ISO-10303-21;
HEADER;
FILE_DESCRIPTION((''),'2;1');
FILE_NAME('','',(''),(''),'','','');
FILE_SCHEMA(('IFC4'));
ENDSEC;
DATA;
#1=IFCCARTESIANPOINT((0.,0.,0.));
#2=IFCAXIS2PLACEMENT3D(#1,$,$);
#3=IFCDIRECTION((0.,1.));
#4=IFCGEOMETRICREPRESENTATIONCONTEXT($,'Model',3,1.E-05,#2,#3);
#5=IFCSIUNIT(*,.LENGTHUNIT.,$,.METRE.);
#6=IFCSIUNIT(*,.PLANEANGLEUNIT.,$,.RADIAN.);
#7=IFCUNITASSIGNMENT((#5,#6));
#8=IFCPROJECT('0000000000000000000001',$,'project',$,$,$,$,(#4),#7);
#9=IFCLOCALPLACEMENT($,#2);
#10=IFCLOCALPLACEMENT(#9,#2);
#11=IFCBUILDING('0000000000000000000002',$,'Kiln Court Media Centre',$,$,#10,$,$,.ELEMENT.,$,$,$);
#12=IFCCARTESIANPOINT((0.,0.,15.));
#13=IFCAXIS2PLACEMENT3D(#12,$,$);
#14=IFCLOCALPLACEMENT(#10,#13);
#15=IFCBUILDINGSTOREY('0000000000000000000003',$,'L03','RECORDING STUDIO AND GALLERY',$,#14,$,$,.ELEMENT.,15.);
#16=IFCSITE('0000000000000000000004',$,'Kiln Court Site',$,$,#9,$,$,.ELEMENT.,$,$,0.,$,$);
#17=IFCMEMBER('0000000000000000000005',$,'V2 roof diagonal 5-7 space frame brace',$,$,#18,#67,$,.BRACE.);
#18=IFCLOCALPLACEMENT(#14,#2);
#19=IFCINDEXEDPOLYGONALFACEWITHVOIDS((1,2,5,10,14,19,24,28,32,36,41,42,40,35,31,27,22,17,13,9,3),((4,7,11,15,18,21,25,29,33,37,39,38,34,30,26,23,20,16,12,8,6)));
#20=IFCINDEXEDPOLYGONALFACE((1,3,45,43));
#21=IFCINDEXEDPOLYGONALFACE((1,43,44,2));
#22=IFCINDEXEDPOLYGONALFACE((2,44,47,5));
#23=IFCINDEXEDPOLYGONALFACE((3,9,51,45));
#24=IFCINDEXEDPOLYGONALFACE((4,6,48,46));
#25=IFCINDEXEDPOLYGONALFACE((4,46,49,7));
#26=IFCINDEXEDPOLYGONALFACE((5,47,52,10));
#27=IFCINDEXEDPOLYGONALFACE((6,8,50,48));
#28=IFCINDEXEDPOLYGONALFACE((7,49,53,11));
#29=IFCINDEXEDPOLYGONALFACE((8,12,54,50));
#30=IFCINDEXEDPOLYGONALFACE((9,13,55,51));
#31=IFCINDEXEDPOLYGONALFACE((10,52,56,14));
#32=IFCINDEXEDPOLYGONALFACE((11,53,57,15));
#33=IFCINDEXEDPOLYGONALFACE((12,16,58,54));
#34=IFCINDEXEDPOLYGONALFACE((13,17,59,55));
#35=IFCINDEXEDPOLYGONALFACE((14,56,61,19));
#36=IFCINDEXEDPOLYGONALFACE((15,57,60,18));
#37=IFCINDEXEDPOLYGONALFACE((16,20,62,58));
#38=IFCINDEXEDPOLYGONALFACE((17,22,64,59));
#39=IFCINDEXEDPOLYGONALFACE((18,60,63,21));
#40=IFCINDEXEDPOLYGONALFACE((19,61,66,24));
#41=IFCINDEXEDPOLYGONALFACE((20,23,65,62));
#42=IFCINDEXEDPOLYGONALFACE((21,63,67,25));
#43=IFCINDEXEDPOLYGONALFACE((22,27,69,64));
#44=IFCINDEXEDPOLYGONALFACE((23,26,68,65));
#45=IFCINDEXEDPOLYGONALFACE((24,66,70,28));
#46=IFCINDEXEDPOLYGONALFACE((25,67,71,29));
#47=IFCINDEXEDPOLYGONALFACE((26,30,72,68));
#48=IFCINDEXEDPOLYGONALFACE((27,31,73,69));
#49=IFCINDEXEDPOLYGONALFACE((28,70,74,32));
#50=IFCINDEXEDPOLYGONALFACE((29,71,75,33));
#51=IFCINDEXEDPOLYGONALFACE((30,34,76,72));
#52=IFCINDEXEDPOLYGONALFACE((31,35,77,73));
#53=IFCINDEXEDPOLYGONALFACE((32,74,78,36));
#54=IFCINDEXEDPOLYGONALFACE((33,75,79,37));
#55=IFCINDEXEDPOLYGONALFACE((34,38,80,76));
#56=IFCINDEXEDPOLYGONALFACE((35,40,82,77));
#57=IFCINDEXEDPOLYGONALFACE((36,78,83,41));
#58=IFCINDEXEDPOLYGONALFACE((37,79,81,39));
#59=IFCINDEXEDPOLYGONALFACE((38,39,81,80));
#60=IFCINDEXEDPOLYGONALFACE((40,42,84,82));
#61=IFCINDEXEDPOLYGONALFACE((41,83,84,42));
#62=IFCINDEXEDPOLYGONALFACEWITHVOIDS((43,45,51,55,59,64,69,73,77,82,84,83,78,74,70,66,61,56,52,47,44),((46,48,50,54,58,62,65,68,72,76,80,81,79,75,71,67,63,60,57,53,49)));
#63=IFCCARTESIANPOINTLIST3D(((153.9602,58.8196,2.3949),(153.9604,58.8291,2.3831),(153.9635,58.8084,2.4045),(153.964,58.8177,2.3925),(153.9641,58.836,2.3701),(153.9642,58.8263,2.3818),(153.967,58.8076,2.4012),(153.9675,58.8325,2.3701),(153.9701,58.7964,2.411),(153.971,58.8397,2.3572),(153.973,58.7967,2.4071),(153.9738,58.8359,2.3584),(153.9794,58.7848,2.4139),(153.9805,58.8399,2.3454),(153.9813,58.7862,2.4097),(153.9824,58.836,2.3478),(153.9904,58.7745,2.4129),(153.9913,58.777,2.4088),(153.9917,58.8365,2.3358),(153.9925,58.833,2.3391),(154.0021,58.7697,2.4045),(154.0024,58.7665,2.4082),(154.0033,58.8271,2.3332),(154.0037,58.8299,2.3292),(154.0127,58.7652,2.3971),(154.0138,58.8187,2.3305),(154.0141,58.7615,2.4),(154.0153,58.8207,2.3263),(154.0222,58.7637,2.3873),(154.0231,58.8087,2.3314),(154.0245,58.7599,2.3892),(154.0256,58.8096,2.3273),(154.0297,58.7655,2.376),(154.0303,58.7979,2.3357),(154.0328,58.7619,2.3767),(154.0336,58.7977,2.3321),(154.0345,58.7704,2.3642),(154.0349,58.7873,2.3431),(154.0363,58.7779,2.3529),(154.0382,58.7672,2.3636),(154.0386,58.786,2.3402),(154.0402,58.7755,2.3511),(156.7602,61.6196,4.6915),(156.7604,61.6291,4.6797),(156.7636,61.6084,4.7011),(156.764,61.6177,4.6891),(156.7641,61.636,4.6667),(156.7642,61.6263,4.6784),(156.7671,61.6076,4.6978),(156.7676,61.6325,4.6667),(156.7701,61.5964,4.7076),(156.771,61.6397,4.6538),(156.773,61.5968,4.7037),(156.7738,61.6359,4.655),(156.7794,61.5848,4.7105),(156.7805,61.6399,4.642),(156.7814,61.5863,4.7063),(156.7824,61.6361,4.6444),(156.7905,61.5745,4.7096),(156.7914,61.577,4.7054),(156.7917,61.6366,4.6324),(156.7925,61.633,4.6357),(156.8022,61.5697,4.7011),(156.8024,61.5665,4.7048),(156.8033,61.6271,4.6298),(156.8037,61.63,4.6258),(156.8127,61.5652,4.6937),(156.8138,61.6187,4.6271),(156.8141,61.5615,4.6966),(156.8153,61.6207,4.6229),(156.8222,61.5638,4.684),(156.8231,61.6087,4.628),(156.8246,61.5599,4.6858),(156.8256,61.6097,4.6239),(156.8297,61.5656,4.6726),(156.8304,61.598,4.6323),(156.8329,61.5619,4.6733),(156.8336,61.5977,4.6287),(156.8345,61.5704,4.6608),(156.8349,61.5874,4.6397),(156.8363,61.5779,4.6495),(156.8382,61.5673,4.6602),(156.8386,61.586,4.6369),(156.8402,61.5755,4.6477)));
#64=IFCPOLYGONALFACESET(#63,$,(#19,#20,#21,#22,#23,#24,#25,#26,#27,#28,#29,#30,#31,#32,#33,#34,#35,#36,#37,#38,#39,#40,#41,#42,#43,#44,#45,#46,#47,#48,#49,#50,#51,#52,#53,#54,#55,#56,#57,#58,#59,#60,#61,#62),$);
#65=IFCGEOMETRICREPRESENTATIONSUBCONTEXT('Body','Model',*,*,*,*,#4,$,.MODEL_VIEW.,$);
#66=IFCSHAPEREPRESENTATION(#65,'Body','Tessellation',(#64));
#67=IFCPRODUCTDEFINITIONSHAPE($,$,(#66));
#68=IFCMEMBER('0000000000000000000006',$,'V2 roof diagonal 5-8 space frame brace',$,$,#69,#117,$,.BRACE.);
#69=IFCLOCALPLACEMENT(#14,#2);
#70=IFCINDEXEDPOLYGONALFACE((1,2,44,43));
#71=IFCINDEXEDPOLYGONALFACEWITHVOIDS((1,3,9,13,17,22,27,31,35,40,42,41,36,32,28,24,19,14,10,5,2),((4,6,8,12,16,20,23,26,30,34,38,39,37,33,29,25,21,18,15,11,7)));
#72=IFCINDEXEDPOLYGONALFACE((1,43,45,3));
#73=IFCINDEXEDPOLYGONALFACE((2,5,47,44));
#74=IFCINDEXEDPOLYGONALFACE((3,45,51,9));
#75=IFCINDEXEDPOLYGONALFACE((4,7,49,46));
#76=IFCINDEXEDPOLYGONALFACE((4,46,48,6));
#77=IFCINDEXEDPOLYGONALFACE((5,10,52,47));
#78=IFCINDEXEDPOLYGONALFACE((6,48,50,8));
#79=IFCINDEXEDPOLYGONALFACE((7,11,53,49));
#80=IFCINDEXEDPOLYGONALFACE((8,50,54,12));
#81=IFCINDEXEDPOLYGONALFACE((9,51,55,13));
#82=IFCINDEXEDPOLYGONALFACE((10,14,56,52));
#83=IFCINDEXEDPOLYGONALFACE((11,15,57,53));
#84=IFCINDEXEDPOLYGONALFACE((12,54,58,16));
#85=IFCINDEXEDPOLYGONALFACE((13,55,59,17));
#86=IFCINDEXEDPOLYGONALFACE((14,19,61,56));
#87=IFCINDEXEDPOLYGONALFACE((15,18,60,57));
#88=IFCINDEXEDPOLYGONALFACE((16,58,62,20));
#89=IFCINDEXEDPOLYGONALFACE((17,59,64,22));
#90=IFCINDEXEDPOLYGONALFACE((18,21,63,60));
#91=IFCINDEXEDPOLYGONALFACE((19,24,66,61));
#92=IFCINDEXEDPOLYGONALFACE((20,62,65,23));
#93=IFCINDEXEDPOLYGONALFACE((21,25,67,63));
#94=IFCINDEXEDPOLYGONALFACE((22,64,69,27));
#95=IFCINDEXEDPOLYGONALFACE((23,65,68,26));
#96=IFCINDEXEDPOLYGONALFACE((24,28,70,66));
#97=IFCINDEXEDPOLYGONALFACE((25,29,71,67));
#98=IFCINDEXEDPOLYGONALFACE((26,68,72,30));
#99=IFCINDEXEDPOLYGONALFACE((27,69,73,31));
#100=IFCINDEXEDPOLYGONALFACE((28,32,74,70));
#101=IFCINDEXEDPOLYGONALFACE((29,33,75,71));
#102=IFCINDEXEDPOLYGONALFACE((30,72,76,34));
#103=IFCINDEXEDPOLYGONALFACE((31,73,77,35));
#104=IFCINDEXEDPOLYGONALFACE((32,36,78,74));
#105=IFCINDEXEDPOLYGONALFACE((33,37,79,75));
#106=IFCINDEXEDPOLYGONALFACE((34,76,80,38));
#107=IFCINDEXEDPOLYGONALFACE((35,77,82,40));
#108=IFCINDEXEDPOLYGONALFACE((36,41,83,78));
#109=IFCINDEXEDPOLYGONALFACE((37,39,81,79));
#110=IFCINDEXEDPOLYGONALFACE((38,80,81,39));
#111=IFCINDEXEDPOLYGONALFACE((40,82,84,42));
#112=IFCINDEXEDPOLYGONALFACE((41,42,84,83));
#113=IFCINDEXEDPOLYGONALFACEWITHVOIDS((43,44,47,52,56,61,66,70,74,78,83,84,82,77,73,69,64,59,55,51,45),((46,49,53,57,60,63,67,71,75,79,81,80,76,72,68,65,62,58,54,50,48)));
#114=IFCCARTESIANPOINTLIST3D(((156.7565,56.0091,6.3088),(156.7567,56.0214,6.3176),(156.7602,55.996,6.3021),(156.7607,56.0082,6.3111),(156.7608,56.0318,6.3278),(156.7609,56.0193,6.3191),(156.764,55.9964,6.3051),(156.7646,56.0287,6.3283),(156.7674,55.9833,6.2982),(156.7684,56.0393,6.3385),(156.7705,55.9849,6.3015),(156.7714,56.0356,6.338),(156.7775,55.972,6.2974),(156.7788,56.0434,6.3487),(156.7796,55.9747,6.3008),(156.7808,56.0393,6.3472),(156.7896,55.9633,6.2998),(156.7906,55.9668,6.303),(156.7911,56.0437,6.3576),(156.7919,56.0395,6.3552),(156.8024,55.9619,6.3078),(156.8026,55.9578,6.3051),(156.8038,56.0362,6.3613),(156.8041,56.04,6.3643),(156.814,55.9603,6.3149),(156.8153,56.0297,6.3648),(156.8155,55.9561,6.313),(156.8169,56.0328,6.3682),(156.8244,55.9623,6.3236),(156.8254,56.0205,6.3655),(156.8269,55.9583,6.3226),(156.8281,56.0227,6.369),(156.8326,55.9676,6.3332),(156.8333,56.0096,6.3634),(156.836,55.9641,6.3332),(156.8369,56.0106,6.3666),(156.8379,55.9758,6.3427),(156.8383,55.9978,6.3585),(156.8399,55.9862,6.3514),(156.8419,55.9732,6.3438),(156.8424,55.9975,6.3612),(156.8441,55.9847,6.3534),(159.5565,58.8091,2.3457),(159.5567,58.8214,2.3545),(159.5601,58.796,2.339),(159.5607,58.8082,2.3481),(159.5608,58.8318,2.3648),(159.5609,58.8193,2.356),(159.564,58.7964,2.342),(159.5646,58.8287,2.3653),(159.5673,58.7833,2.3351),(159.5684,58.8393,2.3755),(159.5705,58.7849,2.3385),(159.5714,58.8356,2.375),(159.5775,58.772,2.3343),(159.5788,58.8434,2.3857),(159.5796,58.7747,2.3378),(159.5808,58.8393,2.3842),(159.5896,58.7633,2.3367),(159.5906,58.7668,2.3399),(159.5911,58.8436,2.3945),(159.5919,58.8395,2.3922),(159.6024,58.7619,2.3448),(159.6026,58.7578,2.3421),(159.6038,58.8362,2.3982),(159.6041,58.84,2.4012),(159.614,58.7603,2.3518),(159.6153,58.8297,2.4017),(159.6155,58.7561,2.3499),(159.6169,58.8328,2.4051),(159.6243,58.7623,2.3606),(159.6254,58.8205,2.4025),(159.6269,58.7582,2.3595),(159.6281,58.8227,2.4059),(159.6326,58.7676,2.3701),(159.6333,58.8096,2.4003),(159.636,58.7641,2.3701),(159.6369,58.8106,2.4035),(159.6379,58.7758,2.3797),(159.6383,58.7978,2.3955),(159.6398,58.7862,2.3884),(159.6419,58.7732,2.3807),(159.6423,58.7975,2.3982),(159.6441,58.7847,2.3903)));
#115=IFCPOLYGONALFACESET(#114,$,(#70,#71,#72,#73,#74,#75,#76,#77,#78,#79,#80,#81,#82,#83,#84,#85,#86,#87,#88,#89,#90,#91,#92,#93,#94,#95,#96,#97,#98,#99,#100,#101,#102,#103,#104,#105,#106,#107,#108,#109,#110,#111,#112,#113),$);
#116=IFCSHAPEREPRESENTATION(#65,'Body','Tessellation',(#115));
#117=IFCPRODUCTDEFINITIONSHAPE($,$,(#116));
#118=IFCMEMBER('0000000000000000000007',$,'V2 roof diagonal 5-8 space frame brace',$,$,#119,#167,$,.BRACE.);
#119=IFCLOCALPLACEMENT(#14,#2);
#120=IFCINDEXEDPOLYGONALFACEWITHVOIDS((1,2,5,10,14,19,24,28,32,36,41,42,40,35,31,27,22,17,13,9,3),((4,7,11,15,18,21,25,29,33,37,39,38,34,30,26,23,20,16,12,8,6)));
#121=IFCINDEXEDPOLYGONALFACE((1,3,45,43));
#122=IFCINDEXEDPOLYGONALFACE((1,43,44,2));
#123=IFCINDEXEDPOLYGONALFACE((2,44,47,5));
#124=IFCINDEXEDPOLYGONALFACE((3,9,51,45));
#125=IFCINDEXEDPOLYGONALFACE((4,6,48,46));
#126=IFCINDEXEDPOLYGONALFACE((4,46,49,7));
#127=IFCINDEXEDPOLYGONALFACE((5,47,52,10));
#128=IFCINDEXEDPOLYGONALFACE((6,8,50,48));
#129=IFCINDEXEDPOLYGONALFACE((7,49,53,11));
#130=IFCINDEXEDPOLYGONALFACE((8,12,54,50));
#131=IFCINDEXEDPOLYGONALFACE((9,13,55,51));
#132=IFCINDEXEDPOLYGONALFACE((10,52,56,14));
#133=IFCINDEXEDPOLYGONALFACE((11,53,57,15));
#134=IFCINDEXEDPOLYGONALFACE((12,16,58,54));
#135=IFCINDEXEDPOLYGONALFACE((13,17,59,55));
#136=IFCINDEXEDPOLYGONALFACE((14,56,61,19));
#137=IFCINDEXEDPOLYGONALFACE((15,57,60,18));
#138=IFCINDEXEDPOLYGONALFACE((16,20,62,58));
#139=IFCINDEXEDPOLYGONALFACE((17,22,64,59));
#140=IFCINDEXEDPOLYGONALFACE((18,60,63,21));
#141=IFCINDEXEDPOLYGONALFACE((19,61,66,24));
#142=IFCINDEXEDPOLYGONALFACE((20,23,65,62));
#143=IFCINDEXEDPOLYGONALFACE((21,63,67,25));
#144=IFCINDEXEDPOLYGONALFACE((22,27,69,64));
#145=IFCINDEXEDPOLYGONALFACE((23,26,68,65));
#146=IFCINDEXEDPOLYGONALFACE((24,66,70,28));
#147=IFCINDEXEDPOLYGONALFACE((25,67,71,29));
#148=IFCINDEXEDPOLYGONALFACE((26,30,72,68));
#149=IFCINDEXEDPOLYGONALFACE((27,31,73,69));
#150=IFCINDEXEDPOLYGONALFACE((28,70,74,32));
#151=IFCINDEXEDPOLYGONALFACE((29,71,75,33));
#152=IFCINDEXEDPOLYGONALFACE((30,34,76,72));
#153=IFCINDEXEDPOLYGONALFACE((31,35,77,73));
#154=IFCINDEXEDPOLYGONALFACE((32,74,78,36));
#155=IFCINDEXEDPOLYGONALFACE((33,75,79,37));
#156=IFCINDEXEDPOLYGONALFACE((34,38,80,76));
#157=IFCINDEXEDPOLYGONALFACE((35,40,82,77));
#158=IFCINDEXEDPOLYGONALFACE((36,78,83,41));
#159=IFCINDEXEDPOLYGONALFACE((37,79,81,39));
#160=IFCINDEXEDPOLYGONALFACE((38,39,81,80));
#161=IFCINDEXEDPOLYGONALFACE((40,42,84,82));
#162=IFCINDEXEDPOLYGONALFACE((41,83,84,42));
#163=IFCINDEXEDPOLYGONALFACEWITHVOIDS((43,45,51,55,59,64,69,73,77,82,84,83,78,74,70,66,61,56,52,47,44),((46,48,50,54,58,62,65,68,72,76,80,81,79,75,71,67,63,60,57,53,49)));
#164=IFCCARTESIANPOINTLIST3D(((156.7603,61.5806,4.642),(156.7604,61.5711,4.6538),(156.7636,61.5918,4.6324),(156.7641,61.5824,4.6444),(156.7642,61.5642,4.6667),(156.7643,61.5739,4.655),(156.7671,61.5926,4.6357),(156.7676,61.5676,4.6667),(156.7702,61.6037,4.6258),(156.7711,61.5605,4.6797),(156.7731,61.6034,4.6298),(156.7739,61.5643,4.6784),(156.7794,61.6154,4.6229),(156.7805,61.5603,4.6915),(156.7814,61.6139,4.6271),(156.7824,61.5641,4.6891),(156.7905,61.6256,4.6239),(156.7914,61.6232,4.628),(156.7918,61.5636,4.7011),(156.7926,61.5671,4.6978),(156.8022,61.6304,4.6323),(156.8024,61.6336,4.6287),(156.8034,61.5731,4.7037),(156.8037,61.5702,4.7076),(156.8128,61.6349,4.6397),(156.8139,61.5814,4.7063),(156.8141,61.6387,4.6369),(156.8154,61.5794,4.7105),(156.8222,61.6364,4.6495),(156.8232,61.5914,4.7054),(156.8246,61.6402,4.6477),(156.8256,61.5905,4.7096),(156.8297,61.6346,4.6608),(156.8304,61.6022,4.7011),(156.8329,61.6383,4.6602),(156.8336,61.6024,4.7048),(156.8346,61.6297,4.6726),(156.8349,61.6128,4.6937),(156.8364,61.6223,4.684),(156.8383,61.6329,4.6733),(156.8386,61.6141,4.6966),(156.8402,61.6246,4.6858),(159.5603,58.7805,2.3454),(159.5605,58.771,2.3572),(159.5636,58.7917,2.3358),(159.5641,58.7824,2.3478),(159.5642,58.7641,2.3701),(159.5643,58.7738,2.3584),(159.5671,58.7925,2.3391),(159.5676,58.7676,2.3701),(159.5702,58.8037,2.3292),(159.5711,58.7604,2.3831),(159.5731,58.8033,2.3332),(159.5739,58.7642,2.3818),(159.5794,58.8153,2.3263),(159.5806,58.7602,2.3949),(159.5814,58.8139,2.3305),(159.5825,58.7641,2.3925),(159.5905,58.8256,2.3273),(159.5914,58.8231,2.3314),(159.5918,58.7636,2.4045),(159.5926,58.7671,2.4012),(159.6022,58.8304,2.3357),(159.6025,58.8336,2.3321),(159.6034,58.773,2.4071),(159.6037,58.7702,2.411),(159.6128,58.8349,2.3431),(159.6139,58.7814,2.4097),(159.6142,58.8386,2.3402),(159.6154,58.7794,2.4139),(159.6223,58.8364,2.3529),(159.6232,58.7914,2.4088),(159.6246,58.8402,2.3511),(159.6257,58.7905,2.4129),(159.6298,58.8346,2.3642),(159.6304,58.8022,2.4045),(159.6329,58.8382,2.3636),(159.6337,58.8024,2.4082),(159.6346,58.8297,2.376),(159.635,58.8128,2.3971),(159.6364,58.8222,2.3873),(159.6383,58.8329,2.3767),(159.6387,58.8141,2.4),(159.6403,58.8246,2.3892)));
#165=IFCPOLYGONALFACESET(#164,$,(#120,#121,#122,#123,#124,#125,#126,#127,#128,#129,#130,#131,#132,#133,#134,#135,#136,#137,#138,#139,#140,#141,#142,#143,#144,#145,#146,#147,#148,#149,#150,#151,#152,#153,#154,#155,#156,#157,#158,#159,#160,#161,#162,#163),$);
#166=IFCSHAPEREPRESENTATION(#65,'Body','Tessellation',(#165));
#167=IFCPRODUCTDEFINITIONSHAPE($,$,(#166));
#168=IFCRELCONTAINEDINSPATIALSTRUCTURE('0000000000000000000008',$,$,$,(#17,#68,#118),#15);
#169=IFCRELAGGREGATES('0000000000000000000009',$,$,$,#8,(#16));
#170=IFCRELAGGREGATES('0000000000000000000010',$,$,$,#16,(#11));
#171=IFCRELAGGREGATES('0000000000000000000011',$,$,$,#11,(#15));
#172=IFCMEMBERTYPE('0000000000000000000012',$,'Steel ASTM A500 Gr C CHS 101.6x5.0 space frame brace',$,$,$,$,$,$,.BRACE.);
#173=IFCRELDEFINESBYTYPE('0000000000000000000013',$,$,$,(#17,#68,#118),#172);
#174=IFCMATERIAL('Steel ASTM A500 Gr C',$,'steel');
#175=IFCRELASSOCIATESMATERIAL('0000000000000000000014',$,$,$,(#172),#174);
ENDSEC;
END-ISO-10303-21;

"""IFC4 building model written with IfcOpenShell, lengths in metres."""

from ifc_helpers import new_model, si_unit, direction, frame, origin, origin_2d, place, context, subcontext, project, spatial, hollow_circle, extrude, material, material_profile, profile_set, type_object, element, save


model = new_model("IFC4")

# Units and contexts
model_context = context("Model", 3, precision=1e-05, world=origin(), true_north=direction((0.0, 1.0)))
body_context = subcontext(model_context, "Body", "Model", "MODEL_VIEW")
ifc_project = project(units=[si_unit("LENGTHUNIT", "METRE"), si_unit("PLANEANGLEUNIT", "RADIAN")], contexts=[model_context])

# Site, building, storey
site_placement = place(None, origin())
site = spatial("IfcSite", under=ifc_project, at=site_placement, Name="Kiln Court Site", CompositionType="ELEMENT", RefElevation=0.0)
building_placement = place(site_placement, origin())
building = spatial("IfcBuilding", under=site, at=building_placement, Name="Kiln Court Media Centre", CompositionType="ELEMENT")
storey_placement = place(building_placement, frame((0.0, 0.0, 15.0)))
storey = spatial("IfcBuildingStorey", under=building, at=storey_placement, Name="L03", Description="RECORDING STUDIO AND GALLERY", CompositionType="ELEMENT", Elevation=15.0)

# Members
ifc_material_1 = material(Name="Steel ASTM A500 Gr C", Category="steel")
ifc_material_profile_1 = material_profile(ifc_material_1, hollow_circle(Radius=0.0508, WallThickness=0.0049, at=origin_2d()), Name="CHS 101.6x5.0")
ifc_profile_set_1 = profile_set([ifc_material_profile_1], Name="Steel ASTM A500 Gr C")
member_type_1 = type_object("IfcMemberType", Name="Steel ASTM A500 Gr C CHS 101.6x5.0 space frame brace", PredefinedType="BRACE", material=ifc_profile_set_1)
member_1_placement = place(storey_placement, frame((154.0, 58.8, 2.3701), z_axis=(0.611676, 0.611676, 0.501703), x_axis=(-0.707107, 0.707107, 0.0)))
element("IfcMember", 1, at=member_1_placement, inside=storey, type_object=member_type_1, Name="V2 roof diagonal 5-7 space frame brace", PredefinedType="BRACE", context=body_context, shape_type="SweptSolid", body=[
    extrude(hollow_circle(Radius=0.0508, WallThickness=0.0049, at=origin_2d()), origin(), (0.0, 0.0, 1.0), 4.5776),
])
member_2_placement = place(storey_placement, frame((159.6001, 58.8, 2.3701), z_axis=(-0.499794, -0.499794, 0.707398), x_axis=(0.707107, -0.707107, 0.0)))
element("IfcMember", 2, at=member_2_placement, inside=storey, type_object=member_type_1, Name="V2 roof diagonal 5-8 space frame brace", PredefinedType="BRACE", context=body_context, shape_type="SweptSolid", body=[
    extrude(hollow_circle(Radius=0.0508, WallThickness=0.0049, at=origin_2d()), origin(), (0.0, 0.0, 1.0), 5.6023),
])
member_3_placement = place(storey_placement, frame((159.6001, 58.8, 2.3701), z_axis=(-0.611676, 0.611676, 0.501703), x_axis=(-0.707107, -0.707107, 0.0)))
element("IfcMember", 3, at=member_3_placement, inside=storey, type_object=member_type_1, Name="V2 roof diagonal 5-8 space frame brace", PredefinedType="BRACE", context=body_context, shape_type="SweptSolid", body=[
    extrude(hollow_circle(Radius=0.0508, WallThickness=0.0049, at=origin_2d()), origin(), (0.0, 0.0, 1.0), 4.5776),
])

save(model, "model.ifc")
